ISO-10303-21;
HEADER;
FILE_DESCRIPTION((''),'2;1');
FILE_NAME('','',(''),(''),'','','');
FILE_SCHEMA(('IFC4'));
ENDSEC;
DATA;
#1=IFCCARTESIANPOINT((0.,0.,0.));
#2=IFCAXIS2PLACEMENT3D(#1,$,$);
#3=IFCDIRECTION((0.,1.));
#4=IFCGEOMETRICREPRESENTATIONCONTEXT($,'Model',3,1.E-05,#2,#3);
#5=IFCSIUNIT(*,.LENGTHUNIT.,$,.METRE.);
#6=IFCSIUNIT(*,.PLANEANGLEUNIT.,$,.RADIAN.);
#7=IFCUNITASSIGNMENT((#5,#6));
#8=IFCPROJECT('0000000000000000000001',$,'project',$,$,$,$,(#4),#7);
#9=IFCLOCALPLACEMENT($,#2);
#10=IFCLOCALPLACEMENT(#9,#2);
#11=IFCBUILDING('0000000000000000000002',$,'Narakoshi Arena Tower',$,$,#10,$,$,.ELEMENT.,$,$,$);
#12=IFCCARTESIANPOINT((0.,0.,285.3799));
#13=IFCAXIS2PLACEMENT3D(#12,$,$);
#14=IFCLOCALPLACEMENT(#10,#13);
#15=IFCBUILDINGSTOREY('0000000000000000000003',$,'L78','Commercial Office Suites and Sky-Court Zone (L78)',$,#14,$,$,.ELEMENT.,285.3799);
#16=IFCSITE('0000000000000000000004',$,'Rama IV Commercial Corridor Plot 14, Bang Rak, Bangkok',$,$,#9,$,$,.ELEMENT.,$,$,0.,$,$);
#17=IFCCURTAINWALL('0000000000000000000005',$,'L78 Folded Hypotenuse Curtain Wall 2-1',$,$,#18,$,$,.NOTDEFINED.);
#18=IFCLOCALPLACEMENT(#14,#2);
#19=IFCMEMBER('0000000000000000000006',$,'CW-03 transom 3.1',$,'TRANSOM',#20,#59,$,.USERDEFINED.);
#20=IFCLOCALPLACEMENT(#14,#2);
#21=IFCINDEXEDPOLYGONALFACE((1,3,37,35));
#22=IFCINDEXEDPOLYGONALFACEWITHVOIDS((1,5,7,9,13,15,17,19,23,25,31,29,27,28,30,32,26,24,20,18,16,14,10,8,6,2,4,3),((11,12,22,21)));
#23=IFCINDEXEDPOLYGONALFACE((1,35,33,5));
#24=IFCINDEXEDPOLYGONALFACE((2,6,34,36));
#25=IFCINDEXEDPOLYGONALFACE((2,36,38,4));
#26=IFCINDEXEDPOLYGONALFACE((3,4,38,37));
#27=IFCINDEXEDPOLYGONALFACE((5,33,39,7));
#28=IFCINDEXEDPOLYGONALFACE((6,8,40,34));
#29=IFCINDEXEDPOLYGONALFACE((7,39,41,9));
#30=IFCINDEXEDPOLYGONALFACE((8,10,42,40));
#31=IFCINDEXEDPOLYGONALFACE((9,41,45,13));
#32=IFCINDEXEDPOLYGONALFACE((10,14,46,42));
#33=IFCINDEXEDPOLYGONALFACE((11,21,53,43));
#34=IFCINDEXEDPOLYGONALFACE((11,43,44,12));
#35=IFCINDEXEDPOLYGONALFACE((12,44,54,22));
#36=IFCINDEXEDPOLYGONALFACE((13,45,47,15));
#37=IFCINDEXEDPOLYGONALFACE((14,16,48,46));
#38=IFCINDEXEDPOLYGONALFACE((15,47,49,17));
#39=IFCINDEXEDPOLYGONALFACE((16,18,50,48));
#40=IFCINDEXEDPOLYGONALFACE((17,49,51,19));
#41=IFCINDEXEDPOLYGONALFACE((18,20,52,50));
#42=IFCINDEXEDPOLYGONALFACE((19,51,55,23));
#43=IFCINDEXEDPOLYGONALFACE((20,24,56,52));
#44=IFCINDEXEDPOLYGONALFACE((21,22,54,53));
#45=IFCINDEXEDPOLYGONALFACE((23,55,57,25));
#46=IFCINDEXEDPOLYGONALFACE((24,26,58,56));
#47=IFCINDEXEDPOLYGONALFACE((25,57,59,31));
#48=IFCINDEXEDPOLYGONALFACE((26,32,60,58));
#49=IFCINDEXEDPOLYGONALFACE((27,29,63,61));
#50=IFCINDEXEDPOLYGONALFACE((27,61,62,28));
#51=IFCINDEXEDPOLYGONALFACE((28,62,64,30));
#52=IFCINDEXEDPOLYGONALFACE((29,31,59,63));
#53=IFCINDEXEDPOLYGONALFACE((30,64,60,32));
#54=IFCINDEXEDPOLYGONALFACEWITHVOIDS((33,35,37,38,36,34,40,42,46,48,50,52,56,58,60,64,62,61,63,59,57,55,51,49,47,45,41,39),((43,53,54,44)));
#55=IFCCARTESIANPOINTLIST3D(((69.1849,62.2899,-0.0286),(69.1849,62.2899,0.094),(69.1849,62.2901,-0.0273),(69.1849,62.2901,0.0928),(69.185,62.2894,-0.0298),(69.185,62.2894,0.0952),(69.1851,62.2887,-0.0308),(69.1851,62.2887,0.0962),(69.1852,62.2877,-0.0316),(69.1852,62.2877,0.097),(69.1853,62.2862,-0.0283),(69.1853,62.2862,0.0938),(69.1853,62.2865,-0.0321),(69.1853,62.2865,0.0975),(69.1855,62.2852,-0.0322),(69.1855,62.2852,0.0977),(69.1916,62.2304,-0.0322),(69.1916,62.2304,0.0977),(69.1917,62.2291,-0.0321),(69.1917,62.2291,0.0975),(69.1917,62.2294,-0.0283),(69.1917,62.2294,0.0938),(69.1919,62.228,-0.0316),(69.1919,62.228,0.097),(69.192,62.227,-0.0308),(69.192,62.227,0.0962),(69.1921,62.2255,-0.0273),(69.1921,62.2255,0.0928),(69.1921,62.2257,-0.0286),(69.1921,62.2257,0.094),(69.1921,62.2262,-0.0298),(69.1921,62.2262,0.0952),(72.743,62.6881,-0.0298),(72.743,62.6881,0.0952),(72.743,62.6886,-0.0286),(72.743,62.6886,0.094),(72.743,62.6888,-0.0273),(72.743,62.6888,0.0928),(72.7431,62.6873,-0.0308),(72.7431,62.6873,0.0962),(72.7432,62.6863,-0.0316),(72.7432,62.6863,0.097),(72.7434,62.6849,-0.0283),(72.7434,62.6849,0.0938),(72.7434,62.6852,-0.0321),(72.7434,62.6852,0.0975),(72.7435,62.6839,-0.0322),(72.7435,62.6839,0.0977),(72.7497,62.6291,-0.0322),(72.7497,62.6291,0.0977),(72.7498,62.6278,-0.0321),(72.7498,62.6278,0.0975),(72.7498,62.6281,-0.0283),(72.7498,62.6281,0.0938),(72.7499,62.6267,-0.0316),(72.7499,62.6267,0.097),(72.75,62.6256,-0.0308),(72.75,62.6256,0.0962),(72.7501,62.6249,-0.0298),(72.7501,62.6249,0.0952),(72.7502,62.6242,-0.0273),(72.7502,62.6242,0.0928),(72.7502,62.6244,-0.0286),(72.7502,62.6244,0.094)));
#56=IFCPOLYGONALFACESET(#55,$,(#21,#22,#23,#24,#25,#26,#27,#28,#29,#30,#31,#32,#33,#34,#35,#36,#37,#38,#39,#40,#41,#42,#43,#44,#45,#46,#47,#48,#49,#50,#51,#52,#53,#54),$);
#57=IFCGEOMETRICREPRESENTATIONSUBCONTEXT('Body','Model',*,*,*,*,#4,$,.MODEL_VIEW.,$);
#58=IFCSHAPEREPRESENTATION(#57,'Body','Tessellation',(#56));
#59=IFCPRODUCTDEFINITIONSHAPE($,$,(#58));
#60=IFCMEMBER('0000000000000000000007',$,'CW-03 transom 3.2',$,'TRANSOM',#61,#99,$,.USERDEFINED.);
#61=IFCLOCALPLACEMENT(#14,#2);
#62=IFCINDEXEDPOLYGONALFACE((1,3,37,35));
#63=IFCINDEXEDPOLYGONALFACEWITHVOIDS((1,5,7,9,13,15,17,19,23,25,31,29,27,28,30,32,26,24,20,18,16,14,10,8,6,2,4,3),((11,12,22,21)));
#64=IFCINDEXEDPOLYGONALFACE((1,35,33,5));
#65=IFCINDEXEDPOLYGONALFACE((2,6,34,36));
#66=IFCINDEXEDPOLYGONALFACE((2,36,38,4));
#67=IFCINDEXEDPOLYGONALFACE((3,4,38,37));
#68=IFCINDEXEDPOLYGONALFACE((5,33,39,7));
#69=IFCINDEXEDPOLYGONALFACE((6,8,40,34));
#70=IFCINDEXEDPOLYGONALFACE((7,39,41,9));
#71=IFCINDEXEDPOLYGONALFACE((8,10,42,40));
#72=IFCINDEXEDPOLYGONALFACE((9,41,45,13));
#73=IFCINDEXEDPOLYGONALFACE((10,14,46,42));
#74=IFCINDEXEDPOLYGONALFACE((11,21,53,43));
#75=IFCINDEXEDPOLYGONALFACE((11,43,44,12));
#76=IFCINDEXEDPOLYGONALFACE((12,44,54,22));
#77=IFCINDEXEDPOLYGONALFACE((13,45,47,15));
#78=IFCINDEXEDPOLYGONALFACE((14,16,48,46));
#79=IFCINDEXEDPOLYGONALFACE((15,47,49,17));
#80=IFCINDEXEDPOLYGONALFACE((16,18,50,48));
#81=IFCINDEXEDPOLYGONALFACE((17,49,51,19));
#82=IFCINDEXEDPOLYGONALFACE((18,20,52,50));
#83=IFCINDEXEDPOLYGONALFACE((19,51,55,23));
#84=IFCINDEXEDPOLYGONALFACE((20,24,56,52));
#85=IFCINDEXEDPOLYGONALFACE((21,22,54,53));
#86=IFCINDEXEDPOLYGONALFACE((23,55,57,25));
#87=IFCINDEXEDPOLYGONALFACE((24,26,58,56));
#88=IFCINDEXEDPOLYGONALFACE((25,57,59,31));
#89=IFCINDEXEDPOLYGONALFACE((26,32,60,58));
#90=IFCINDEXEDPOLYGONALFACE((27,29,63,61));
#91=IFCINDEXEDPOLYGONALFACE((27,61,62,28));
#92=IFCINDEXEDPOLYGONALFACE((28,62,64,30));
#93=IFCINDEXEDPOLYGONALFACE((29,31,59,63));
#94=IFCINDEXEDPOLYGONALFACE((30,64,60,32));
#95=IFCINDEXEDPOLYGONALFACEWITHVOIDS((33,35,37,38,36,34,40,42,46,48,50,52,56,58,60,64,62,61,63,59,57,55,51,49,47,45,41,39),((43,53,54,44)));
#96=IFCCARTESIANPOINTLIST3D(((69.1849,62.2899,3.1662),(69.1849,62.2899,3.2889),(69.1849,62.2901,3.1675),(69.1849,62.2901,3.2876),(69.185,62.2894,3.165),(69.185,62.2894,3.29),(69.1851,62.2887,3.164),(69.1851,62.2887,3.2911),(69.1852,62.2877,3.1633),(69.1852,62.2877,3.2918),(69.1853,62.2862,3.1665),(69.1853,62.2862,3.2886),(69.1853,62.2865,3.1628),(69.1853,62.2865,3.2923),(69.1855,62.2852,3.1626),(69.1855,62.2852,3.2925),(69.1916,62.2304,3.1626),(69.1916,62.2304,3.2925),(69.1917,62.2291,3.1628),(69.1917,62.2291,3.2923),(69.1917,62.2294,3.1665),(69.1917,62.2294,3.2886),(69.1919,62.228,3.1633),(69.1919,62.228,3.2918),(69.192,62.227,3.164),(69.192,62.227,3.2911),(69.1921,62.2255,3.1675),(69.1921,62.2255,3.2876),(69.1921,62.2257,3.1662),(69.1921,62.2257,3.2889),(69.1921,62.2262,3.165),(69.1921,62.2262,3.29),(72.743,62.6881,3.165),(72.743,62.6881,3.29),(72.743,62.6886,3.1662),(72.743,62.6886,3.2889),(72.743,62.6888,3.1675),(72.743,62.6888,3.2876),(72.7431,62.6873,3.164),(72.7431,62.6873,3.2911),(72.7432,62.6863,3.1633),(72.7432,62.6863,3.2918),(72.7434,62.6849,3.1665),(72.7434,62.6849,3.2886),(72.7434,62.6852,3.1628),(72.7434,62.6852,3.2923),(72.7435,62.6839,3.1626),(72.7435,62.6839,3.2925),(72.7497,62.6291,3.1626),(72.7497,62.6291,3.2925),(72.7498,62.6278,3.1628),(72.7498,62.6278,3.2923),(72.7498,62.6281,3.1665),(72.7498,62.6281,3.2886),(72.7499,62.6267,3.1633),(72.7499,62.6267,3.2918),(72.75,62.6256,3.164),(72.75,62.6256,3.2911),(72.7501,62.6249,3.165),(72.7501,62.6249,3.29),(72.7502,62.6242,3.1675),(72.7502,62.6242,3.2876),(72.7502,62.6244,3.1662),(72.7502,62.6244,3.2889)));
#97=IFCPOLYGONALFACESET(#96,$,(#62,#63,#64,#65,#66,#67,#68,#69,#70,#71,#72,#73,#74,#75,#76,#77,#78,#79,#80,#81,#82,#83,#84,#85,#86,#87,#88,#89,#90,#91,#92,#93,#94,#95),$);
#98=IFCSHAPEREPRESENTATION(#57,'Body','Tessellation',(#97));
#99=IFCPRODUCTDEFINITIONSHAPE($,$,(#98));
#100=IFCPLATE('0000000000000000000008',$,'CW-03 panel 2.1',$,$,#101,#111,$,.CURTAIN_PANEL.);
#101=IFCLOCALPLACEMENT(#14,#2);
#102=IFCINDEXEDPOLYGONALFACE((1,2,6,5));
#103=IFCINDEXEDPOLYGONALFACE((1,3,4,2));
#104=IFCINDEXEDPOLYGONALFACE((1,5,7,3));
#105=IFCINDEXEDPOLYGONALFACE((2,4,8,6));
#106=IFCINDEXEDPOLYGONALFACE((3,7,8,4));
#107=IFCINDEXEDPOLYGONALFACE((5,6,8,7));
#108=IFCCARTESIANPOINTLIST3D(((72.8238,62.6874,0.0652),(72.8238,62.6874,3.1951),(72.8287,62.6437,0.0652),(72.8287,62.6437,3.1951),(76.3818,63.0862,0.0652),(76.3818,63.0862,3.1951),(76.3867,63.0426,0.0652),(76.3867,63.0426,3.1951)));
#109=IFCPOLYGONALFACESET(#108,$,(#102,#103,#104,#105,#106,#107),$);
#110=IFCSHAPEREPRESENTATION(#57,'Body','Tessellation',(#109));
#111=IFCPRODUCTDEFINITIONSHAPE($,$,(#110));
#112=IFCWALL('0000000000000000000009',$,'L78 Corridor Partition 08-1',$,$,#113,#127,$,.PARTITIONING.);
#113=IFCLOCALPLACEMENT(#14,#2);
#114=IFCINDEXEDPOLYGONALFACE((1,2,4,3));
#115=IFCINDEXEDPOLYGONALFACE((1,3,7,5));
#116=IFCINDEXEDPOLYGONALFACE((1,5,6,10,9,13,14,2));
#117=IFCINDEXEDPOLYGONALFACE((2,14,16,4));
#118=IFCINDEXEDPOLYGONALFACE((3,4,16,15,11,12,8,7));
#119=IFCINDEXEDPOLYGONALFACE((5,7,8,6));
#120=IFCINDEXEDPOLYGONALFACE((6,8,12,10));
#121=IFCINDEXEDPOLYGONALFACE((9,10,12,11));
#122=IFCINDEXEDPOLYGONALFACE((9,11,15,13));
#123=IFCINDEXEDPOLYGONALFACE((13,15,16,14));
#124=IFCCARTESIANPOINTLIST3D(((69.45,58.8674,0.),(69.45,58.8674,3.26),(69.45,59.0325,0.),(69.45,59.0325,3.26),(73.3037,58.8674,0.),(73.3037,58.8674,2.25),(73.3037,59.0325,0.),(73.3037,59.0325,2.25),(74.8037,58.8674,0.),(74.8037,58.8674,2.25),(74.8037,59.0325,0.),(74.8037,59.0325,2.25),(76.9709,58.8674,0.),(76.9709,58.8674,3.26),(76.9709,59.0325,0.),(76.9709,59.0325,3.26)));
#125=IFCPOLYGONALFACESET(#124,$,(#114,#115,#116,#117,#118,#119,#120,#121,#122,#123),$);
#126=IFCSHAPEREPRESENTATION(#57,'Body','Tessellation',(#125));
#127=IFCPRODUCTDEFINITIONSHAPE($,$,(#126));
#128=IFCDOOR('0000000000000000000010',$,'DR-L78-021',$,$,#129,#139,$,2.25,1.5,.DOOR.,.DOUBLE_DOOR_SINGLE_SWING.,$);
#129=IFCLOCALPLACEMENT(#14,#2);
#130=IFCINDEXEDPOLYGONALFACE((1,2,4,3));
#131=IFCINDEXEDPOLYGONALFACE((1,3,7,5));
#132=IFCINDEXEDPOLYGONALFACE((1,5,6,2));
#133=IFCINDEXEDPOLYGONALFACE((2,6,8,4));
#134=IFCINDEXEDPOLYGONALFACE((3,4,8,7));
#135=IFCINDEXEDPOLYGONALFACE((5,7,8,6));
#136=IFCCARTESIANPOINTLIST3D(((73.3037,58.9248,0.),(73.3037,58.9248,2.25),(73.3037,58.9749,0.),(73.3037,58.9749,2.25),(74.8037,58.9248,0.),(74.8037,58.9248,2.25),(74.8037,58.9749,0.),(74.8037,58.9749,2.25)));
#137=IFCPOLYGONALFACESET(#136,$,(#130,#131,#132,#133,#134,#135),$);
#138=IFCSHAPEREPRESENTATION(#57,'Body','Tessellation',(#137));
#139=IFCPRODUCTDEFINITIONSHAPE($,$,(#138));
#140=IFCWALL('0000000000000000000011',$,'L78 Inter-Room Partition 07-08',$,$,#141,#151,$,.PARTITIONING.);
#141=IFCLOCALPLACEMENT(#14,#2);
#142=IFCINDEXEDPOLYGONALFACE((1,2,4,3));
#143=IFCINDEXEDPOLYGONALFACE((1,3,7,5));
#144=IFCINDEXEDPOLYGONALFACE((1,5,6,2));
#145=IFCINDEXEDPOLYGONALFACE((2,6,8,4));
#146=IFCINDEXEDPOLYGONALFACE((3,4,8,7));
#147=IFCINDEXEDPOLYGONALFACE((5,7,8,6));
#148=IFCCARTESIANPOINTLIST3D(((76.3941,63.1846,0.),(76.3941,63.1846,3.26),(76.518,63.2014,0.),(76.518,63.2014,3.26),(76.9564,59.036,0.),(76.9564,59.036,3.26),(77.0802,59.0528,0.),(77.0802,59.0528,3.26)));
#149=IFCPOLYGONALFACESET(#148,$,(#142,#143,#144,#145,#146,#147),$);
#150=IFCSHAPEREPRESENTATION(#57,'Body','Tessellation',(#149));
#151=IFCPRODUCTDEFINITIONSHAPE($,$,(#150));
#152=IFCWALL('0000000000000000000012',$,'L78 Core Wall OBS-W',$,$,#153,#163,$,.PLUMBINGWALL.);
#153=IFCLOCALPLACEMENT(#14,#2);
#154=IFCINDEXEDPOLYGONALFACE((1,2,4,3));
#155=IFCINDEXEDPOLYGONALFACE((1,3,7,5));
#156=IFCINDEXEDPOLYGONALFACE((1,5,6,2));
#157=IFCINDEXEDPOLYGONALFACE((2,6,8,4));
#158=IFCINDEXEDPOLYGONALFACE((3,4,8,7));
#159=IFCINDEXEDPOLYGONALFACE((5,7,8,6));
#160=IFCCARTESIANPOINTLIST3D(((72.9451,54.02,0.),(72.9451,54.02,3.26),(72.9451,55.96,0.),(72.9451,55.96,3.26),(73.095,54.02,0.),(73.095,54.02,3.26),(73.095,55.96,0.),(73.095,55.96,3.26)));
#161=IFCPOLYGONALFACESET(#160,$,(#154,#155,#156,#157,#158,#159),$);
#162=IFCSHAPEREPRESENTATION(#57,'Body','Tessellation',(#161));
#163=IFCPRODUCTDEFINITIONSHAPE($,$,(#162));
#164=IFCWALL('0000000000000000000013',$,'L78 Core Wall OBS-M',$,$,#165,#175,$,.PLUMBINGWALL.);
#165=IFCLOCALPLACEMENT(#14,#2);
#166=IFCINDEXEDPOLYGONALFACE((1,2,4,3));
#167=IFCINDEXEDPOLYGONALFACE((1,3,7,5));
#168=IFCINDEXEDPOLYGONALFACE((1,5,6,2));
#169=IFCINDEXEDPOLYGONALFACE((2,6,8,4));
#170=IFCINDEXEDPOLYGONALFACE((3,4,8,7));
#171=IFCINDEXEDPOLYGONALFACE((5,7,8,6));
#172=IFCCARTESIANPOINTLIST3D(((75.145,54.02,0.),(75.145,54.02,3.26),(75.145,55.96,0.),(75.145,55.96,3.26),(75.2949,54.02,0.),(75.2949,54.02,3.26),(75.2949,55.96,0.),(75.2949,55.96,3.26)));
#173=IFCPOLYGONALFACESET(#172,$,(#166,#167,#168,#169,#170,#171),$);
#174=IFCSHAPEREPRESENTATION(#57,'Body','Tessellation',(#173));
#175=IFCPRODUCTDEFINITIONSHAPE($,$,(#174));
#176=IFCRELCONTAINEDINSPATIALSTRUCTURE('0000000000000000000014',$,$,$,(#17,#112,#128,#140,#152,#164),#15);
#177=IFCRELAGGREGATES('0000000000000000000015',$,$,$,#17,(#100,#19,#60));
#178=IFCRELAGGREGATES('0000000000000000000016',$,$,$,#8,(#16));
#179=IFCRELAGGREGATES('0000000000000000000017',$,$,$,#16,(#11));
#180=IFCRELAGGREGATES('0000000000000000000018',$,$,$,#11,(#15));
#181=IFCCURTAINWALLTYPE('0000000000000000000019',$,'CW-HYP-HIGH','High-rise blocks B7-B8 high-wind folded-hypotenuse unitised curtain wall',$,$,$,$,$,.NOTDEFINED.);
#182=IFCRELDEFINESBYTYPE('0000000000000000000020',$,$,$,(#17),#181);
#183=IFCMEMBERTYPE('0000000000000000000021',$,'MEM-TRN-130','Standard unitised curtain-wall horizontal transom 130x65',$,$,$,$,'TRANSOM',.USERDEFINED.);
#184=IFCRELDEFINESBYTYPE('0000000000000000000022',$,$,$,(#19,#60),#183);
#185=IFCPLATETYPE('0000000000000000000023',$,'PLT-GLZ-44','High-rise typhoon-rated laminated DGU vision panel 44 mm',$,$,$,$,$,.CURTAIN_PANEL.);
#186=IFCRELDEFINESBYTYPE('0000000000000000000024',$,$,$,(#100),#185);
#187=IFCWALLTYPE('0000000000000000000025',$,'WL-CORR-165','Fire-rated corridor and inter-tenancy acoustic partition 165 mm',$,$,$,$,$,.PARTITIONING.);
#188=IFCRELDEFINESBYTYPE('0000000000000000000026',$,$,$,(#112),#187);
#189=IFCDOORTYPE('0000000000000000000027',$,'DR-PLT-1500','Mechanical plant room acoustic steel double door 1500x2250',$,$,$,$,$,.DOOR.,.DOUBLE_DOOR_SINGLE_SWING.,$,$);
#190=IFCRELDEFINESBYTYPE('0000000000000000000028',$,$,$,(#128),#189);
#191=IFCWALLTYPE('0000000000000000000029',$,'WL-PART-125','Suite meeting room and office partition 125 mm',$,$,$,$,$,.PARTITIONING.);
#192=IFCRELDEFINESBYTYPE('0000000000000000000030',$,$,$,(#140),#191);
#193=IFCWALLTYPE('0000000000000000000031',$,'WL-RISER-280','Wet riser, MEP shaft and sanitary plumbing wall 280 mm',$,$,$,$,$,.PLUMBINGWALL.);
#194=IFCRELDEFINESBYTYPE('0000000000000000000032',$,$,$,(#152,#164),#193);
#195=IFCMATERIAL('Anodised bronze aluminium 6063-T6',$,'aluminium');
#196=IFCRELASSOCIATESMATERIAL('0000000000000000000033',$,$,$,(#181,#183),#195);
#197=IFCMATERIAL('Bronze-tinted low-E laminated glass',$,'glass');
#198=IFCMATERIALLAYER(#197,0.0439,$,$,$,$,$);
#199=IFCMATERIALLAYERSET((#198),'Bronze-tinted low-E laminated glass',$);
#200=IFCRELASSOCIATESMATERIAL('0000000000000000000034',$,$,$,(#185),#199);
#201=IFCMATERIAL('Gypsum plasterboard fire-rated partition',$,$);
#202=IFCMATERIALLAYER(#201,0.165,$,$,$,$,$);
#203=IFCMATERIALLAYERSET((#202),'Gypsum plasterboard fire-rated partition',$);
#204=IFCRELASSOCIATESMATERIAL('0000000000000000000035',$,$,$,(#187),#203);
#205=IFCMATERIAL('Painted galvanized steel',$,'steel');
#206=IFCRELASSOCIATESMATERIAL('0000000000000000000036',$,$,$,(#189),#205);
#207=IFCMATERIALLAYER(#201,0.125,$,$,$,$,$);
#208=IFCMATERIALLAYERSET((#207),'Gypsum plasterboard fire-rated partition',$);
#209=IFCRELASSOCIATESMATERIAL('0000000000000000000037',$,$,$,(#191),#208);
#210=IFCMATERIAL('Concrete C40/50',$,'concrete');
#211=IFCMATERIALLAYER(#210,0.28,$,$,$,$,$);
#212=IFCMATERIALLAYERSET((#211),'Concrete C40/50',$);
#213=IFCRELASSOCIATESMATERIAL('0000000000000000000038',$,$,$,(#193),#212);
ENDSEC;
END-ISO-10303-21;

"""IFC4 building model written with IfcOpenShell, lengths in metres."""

from ifc_helpers import new_model, si_unit, direction, frame, frame_2d, origin, origin_2d, place, context, subcontext, project, spatial, rectangle, hollow_rectangle, extrude, material, layer, layer_set, material_profile, profile_set, type_object, element, fill, aggregate, save


model = new_model("IFC4")

# Units and contexts
model_context = context("Model", 3, precision=1e-05, world=origin(), true_north=direction((0.0, 1.0)))
body_context = subcontext(model_context, "Body", "Model", "MODEL_VIEW")
ifc_project = project(units=[si_unit("LENGTHUNIT", "METRE"), si_unit("PLANEANGLEUNIT", "RADIAN")], contexts=[model_context])

# Site, building, storey
site_placement = place(None, origin())
site = spatial("IfcSite", under=ifc_project, at=site_placement, Name="Rama IV Commercial Corridor Plot 14, Bang Rak, Bangkok", CompositionType="ELEMENT", RefElevation=0.0)
building_placement = place(site_placement, origin())
building = spatial("IfcBuilding", under=site, at=building_placement, Name="Narakoshi Arena Tower", CompositionType="ELEMENT")
storey_placement = place(building_placement, frame((0.0, 0.0, 285.3799)))
storey = spatial("IfcBuildingStorey", under=building, at=storey_placement, Name="L78", Description="Commercial Office Suites and Sky-Court Zone (L78)", CompositionType="ELEMENT", Elevation=285.3799)

# Curtain wall, members, plate
ifc_material_1 = material(Name="Anodised bronze aluminium 6063-T6", Category="aluminium")
curtain_wall_type = type_object("IfcCurtainWallType", Name="CW-HYP-HIGH", Description="High-rise blocks B7-B8 high-wind folded-hypotenuse unitised curtain wall", PredefinedType="NOTDEFINED", material=ifc_material_1)
curtain_wall_placement = place(storey_placement, origin())
curtain_wall = element("IfcCurtainWall", 1, at=curtain_wall_placement, inside=storey, type_object=curtain_wall_type, Name="L78 Folded Hypotenuse Curtain Wall 2-1", PredefinedType="NOTDEFINED")
ifc_material_profile_1 = material_profile(ifc_material_1, hollow_rectangle(XDim=0.0649, YDim=0.1299, WallThickness=0.0039, OuterFilletRadius=0.0049, at=origin_2d()), Name="TRN130x65x4")
ifc_profile_set_1 = profile_set([ifc_material_profile_1], Name="Anodised bronze aluminium 6063-T6")
member_type_1 = type_object("IfcMemberType", Name="MEM-TRN-130", Description="Standard unitised curtain-wall horizontal transom 130x65", ElementType="TRANSOM", PredefinedType="USERDEFINED", material=ifc_profile_set_1)
member_1_placement = place(storey_placement, frame((72.7466, 62.6565, 0.0327), z_axis=(-0.993781, -0.111352, 0.0), x_axis=(0.111352, -0.993781, 0.0)))
member_1 = element("IfcMember", 2, at=member_1_placement, type_object=member_type_1, Name="CW-03 transom 3.1", ObjectType="TRANSOM", PredefinedType="USERDEFINED", context=body_context, shape_type="SweptSolid", body=[
    extrude(hollow_rectangle(XDim=0.0649, YDim=0.1299, WallThickness=0.0039, OuterFilletRadius=0.0049, at=origin_2d()), origin(), (0.0, 0.0, 1.0), 3.5803),
])
member_2_placement = place(storey_placement, frame((72.7466, 62.6565, 3.2275), z_axis=(-0.993781, -0.111352, 0.0), x_axis=(0.111352, -0.993781, 0.0)))
member_2 = element("IfcMember", 3, at=member_2_placement, type_object=member_type_1, Name="CW-03 transom 3.2", ObjectType="TRANSOM", PredefinedType="USERDEFINED", context=body_context, shape_type="SweptSolid", body=[
    extrude(hollow_rectangle(XDim=0.0649, YDim=0.1299, WallThickness=0.0039, OuterFilletRadius=0.0049, at=origin_2d()), origin(), (0.0, 0.0, 1.0), 3.5803),
])
ifc_material_2 = material(Name="Bronze-tinted low-E laminated glass", Category="glass")
ifc_layer_1 = layer(ifc_material_2, 0.0439)
ifc_layer_set_1 = layer_set([ifc_layer_1], Name="Bronze-tinted low-E laminated glass")
plate_type = type_object("IfcPlateType", Name="PLT-GLZ-44", Description="High-rise typhoon-rated laminated DGU vision panel 44 mm", PredefinedType="CURTAIN_PANEL", material=ifc_layer_set_1)
plate_placement = place(storey_placement, frame((74.6052, 62.865, 0.0652), z_axis=(0.0, 0.0, 1.0), x_axis=(-0.993776, -0.111396, 0.0)))
plate = element("IfcPlate", 4, at=plate_placement, type_object=plate_type, Name="CW-03 panel 2.1", PredefinedType="CURTAIN_PANEL", context=body_context, shape_type="SweptSolid", body=[
    extrude(rectangle(XDim=3.5803, YDim=0.0439, at=origin_2d()), origin(), (0.0, 0.0, 1.0), 3.1299),
])
aggregate(curtain_wall, [plate, member_1, member_2])

# Wall, opening, door
ifc_material_3 = material(Name="Gypsum plasterboard fire-rated partition")
ifc_layer_2 = layer(ifc_material_3, 0.165)
ifc_layer_set_2 = layer_set([ifc_layer_2], Name="Gypsum plasterboard fire-rated partition")
wall_type_1 = type_object("IfcWallType", Name="WL-CORR-165", Description="Fire-rated corridor and inter-tenancy acoustic partition 165 mm", PredefinedType="PARTITIONING", material=ifc_layer_set_2)
wall_1_placement = place(storey_placement, frame((76.9709, 58.95, 0.0), z_axis=(0.0, 0.0, 1.0), x_axis=(-1.0, 0.0, 0.0)))
wall_1 = element("IfcWall", 5, at=wall_1_placement, inside=storey, type_object=wall_type_1, Name="L78 Corridor Partition 08-1", PredefinedType="PARTITIONING", context=body_context, shape_type="SweptSolid", body=[
    extrude(rectangle(XDim=7.521, YDim=0.165, at=frame_2d((3.7605, 0.0))), origin(), (0.0, 0.0, 1.0), 3.26),
])
opening_1_placement = place(wall_1_placement, frame((2.1672, 0.0, 0.0)))
opening_1 = element("IfcOpeningElement", 6, at=opening_1_placement, cuts=wall_1, PredefinedType="OPENING", context=body_context, shape_type="SweptSolid", body=[
    extrude(rectangle(XDim=1.5, YDim=2.25, at=frame_2d((0.75, 1.125))), frame((0.0, 0.0925, 0.0), z_axis=(0.0, -1.0, 0.0), x_axis=(1.0, 0.0, 0.0)), (0.0, 0.0, 1.0), 0.1851),
])
ifc_material_4 = material(Name="Painted galvanized steel", Category="steel")
door_type_1 = type_object("IfcDoorType", Name="DR-PLT-1500", Description="Mechanical plant room acoustic steel double door 1500x2250", OperationType="DOUBLE_DOOR_SINGLE_SWING", PredefinedType="DOOR", material=ifc_material_4)
door_1_placement = place(opening_1_placement, frame((1.5, 0.0, 0.0), z_axis=(0.0, 0.0, 1.0), x_axis=(-1.0, 0.0, 0.0)))
door_1 = element("IfcDoor", 7, at=door_1_placement, inside=storey, type_object=door_type_1, Name="DR-L78-021", OperationType="DOUBLE_DOOR_SINGLE_SWING", OverallHeight=2.25, OverallWidth=1.5, PredefinedType="DOOR", context=body_context, shape_type="SweptSolid", body=[
    extrude(rectangle(XDim=1.5, YDim=2.25, at=frame_2d((0.75, 1.125))), frame((0.0, 0.0249, 0.0), z_axis=(0.0, -1.0, 0.0), x_axis=(1.0, 0.0, 0.0)), (0.0, 0.0, 1.0), 0.05),
])
fill(opening_1, door_1)

# Walls
ifc_layer_3 = layer(ifc_material_3, 0.125)
ifc_layer_set_3 = layer_set([ifc_layer_3], Name="Gypsum plasterboard fire-rated partition")
wall_type_2 = type_object("IfcWallType", Name="WL-PART-125", Description="Suite meeting room and office partition 125 mm", PredefinedType="PARTITIONING", material=ifc_layer_set_3)
wall_2_placement = place(storey_placement, frame((77.0183, 59.0444, 0.0), z_axis=(0.0, 0.0, 1.0), x_axis=(-0.134299, 0.990941, 0.0)))
element("IfcWall", 8, at=wall_2_placement, inside=storey, type_object=wall_type_2, Name="L78 Inter-Room Partition 07-08", PredefinedType="PARTITIONING", context=body_context, shape_type="SweptSolid", body=[
    extrude(rectangle(XDim=4.1865, YDim=0.125, at=frame_2d((2.0933, 0.0))), origin(), (0.0, 0.0, 1.0), 3.26),
])
ifc_material_5 = material(Name="Concrete C40/50", Category="concrete")
ifc_layer_4 = layer(ifc_material_5, 0.28)
ifc_layer_set_4 = layer_set([ifc_layer_4], Name="Concrete C40/50")
wall_type_3 = type_object("IfcWallType", Name="WL-RISER-280", Description="Wet riser, MEP shaft and sanitary plumbing wall 280 mm", PredefinedType="PLUMBINGWALL", material=ifc_layer_set_4)
for number, where, z_axis, x_axis, name in (
    (9, (73.02, 54.02, 0.0), (0.0, 0.0, 1.0), (0.0, 1.0, 0.0), "L78 Core Wall OBS-W"),
    (10, (75.22, 54.02, 0.0), (0.0, 0.0, 1.0), (0.0, 1.0, 0.0), "L78 Core Wall OBS-M"),
):
    element("IfcWall", number, at=place(storey_placement, frame(where, z_axis=z_axis, x_axis=x_axis)), inside=storey, type_object=wall_type_3, Name=name, PredefinedType="PLUMBINGWALL", context=body_context, shape_type="SweptSolid", body=[
        extrude(rectangle(XDim=1.9399, YDim=0.1499, at=frame_2d((0.97, 0.0))), origin(), (0.0, 0.0, 1.0), 3.26),
    ])

save(model, "model.ifc")
